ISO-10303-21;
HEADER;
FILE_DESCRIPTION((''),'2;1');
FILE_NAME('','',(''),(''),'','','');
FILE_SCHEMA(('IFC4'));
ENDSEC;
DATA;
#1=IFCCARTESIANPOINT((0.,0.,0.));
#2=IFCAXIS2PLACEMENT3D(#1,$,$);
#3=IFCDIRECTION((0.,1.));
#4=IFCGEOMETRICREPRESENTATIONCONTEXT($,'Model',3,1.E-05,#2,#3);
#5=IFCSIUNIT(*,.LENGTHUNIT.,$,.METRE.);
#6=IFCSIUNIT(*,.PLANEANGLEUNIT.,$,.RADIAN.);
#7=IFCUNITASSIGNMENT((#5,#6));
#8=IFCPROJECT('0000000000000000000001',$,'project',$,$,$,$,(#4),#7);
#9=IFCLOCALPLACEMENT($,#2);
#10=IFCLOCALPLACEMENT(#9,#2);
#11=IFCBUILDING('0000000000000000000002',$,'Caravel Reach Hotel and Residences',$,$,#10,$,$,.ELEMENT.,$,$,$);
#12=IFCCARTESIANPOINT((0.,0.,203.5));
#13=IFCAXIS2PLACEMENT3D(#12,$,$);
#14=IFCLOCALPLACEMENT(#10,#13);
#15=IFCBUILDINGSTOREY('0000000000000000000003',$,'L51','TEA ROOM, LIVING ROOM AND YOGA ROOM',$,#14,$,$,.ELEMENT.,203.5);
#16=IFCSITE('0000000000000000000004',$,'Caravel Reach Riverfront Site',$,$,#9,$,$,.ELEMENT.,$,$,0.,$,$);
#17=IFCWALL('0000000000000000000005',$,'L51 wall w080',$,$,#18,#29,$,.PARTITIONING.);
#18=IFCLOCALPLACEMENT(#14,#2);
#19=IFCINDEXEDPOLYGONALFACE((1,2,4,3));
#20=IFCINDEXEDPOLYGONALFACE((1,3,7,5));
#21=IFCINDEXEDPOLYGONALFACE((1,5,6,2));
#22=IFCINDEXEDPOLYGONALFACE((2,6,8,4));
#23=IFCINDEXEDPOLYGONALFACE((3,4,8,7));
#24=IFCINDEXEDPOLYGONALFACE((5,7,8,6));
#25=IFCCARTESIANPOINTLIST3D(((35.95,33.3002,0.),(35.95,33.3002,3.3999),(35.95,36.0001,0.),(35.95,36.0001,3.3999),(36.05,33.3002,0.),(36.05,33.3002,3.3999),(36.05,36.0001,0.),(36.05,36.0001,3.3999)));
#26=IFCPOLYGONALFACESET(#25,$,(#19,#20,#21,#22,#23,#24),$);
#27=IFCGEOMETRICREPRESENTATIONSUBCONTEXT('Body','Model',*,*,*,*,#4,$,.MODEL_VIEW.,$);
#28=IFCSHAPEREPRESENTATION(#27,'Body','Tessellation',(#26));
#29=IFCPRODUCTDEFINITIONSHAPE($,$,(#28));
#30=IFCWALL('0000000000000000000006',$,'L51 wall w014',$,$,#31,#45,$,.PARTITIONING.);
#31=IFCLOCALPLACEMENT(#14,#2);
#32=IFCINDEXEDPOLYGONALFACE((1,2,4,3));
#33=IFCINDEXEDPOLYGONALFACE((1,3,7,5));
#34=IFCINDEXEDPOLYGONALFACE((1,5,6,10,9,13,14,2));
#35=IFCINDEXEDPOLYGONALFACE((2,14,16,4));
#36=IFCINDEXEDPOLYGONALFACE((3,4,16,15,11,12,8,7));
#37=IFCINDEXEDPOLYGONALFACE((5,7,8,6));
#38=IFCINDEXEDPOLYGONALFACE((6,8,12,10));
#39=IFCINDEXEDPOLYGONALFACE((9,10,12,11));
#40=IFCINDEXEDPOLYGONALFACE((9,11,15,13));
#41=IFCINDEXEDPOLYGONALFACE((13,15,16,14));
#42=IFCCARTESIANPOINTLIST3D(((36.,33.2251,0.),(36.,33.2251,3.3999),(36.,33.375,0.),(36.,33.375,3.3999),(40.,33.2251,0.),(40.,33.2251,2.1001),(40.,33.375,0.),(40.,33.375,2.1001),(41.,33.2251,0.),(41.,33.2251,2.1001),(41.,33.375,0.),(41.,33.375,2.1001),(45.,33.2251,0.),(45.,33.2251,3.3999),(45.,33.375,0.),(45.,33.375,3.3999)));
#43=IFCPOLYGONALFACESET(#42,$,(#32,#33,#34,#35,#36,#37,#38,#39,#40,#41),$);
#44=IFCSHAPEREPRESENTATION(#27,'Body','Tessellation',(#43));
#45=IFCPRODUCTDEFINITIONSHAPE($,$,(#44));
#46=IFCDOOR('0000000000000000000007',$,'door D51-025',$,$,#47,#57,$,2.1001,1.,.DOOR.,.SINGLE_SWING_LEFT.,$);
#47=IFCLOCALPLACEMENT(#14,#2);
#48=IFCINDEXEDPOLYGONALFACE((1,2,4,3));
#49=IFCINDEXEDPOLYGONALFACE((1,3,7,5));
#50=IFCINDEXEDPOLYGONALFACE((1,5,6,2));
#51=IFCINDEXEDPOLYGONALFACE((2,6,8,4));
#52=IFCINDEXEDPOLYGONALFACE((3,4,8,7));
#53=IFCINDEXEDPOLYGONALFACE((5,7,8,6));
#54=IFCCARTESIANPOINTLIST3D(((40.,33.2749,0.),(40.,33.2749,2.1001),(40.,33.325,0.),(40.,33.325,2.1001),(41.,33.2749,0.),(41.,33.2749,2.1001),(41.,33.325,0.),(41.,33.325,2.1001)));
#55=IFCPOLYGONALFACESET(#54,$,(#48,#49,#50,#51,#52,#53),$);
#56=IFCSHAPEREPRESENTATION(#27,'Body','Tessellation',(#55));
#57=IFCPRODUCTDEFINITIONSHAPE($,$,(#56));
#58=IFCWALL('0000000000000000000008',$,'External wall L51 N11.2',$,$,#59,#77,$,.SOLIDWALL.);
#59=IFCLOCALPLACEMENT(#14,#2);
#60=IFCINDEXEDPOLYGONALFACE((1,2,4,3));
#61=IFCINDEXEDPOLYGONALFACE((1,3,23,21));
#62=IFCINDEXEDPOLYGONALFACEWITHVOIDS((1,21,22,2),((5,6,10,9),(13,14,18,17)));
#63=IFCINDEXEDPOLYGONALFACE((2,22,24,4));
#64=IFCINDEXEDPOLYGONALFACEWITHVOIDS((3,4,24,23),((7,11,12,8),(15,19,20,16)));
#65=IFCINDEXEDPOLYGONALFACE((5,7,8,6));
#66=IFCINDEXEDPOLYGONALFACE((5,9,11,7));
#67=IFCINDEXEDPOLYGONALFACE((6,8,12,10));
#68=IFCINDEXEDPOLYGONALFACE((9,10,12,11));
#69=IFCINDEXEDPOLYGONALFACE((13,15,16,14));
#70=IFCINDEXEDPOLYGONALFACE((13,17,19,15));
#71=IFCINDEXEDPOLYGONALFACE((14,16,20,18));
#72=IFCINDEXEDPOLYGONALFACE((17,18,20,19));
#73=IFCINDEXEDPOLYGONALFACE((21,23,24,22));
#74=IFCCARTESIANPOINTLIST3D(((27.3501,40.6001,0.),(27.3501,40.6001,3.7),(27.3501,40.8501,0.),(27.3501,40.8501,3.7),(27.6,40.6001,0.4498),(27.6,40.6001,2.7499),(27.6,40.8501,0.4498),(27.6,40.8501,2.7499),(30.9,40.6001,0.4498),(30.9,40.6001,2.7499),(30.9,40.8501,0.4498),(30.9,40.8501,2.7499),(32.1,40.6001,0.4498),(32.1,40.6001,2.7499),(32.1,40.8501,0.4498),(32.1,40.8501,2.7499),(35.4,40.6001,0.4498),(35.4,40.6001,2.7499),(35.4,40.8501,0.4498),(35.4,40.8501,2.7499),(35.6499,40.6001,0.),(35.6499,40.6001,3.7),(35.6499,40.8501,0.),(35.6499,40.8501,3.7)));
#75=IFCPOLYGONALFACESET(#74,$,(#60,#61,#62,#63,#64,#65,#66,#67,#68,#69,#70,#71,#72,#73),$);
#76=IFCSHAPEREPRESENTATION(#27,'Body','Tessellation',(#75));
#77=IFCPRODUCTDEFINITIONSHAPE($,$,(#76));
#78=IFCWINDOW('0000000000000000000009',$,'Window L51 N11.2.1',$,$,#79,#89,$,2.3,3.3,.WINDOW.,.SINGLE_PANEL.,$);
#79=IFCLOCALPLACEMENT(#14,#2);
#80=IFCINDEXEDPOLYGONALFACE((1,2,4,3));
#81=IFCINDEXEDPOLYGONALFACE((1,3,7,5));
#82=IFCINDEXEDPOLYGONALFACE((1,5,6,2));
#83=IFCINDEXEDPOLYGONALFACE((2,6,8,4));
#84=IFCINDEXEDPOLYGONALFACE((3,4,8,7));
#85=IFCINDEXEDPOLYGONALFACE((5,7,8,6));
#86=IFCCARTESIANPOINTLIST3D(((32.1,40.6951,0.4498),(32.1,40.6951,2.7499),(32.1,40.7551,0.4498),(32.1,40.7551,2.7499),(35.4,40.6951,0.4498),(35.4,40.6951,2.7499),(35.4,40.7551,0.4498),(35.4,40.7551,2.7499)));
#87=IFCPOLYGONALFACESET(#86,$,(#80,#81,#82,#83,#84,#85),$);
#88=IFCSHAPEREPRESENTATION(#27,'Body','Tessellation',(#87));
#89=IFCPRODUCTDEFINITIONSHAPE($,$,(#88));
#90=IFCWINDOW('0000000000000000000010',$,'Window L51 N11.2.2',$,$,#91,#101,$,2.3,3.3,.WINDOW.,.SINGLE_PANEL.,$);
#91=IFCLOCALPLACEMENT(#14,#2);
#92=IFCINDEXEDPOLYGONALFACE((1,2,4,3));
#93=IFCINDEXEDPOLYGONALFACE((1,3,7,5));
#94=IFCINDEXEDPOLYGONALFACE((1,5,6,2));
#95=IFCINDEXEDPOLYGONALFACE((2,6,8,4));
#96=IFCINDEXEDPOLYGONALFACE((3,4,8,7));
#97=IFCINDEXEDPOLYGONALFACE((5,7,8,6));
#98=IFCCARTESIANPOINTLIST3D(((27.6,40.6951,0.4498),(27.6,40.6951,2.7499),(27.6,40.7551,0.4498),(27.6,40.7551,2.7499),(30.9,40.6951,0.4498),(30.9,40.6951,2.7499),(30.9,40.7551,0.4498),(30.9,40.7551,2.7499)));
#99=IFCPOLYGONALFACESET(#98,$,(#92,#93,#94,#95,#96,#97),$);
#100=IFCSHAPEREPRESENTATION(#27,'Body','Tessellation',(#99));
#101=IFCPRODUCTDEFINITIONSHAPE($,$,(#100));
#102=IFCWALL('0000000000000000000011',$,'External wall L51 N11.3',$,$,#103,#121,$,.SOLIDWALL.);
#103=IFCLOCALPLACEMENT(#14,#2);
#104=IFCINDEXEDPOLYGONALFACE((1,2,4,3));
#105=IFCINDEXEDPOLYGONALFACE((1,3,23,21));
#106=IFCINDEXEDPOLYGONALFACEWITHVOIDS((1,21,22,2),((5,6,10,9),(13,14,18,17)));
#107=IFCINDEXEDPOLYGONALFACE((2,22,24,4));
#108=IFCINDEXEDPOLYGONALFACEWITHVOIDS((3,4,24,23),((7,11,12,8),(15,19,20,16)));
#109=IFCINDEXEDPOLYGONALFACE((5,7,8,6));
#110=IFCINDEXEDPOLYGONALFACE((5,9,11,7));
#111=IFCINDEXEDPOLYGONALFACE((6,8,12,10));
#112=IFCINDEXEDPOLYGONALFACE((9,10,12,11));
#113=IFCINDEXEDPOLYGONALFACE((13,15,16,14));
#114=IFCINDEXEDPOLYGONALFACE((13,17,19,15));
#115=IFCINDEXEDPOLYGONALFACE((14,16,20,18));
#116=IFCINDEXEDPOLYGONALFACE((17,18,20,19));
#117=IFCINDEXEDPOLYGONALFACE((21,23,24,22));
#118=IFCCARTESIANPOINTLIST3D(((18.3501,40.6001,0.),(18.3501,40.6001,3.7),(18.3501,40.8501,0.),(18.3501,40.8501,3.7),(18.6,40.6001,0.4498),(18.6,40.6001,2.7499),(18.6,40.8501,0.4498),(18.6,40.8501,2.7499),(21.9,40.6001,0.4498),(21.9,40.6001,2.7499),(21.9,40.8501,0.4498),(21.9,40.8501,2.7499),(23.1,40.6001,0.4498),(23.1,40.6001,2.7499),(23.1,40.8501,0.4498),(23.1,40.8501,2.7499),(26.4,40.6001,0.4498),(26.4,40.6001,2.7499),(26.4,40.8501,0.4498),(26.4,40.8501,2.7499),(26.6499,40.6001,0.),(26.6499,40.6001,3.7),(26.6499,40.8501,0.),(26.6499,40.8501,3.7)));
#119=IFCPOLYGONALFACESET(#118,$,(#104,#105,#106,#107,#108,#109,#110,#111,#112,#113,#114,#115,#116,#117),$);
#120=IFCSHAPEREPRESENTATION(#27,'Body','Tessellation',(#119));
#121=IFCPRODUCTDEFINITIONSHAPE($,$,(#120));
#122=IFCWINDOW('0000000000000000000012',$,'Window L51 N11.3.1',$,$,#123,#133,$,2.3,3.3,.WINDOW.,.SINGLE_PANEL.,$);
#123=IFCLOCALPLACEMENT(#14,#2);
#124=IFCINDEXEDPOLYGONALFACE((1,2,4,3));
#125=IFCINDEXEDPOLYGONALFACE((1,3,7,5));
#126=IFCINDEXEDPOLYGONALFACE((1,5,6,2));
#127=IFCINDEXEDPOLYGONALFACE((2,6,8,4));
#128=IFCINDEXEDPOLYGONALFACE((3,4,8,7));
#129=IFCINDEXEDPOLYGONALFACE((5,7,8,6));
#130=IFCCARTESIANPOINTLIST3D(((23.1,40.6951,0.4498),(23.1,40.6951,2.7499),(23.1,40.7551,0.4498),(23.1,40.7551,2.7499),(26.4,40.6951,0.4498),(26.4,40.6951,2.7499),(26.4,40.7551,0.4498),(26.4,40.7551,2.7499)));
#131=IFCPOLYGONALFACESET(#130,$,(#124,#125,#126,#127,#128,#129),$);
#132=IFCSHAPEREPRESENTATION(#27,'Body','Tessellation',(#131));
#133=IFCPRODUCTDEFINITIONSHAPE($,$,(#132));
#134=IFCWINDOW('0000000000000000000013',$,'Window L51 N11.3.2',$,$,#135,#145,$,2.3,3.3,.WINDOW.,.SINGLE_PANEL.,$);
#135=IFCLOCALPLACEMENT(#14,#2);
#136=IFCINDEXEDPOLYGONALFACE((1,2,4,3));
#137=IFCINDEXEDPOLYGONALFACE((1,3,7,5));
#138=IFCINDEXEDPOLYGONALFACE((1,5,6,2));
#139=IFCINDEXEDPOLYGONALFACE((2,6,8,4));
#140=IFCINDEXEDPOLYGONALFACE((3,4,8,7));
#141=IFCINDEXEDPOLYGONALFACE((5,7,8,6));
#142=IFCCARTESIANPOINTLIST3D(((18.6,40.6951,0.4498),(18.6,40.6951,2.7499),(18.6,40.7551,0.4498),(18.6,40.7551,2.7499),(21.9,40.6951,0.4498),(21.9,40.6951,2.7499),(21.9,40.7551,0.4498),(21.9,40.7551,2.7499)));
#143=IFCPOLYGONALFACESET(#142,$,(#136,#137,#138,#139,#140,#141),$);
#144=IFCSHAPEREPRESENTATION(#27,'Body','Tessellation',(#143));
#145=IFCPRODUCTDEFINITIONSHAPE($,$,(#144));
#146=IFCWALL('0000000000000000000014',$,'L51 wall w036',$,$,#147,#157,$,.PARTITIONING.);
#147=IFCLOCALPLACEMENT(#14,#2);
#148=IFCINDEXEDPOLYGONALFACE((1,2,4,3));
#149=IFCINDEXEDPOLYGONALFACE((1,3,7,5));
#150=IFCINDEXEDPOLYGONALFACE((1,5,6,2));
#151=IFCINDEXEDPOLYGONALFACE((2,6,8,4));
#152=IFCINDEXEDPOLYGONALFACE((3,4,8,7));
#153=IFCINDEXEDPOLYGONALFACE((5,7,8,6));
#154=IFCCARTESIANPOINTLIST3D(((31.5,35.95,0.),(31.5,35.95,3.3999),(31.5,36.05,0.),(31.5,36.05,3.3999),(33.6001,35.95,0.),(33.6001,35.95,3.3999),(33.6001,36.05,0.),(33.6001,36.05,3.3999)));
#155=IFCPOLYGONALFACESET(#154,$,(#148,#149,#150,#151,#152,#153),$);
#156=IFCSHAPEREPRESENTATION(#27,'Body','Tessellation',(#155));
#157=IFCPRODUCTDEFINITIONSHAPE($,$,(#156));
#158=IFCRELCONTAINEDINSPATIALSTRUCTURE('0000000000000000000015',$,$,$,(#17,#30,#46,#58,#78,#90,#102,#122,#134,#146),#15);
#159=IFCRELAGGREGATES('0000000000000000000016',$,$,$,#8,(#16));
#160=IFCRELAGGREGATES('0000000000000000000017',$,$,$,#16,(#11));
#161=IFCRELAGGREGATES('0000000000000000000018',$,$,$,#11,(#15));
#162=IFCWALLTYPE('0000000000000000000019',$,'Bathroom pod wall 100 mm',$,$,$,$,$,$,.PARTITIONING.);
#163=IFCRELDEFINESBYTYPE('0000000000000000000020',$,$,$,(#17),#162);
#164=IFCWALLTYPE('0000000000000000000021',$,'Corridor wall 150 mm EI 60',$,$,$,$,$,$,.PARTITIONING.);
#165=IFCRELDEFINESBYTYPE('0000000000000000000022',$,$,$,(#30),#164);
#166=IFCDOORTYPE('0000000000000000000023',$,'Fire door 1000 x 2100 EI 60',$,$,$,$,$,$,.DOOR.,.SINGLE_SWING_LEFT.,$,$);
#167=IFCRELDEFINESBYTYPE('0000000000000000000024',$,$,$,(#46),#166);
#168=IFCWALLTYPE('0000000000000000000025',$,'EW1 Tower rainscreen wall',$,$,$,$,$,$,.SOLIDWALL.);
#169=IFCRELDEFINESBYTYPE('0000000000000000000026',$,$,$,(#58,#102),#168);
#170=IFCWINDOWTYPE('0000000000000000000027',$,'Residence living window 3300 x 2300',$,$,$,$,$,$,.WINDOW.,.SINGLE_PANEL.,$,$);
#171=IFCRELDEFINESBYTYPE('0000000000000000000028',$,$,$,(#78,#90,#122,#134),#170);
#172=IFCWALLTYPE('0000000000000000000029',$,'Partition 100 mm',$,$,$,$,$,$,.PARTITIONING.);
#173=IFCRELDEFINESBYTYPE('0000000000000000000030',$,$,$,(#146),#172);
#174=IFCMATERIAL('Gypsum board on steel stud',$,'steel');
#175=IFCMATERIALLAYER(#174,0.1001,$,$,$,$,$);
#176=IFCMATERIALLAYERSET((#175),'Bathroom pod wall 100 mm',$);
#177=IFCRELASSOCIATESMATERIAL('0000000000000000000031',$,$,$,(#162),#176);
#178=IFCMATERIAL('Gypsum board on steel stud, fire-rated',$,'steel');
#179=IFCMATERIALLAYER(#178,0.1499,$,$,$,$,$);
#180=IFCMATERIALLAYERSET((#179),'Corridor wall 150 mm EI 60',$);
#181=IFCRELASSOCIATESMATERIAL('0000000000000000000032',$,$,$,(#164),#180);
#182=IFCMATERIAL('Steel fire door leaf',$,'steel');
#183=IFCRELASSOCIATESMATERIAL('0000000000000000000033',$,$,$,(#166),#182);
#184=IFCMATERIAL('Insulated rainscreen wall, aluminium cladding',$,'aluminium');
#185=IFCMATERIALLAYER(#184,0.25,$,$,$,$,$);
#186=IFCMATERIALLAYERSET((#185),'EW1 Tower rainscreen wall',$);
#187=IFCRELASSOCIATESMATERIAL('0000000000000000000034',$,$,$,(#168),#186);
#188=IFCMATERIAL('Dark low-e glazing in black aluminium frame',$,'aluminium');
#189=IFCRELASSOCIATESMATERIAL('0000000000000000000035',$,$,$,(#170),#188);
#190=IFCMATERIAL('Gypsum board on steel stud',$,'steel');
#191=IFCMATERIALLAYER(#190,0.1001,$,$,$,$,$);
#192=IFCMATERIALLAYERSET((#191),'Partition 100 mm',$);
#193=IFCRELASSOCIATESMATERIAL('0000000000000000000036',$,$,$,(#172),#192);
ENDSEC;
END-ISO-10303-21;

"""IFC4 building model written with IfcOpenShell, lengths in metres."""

from ifc_helpers import new_model, si_unit, direction, frame, frame_2d, origin, place, context, subcontext, project, spatial, rectangle, extrude, material, layer, layer_set, type_object, element, fill, save


model = new_model("IFC4")

# Units and contexts
model_context = context("Model", 3, precision=1e-05, world=origin(), true_north=direction((0.0, 1.0)))
body_context = subcontext(model_context, "Body", "Model", "MODEL_VIEW")
ifc_project = project(units=[si_unit("LENGTHUNIT", "METRE"), si_unit("PLANEANGLEUNIT", "RADIAN")], contexts=[model_context])

# Site, building, storey
site_placement = place(None, origin())
site = spatial("IfcSite", under=ifc_project, at=site_placement, Name="Caravel Reach Riverfront Site", CompositionType="ELEMENT", RefElevation=0.0)
building_placement = place(site_placement, origin())
building = spatial("IfcBuilding", under=site, at=building_placement, Name="Caravel Reach Hotel and Residences", CompositionType="ELEMENT")
storey_placement = place(building_placement, frame((0.0, 0.0, 203.5)))
storey = spatial("IfcBuildingStorey", under=building, at=storey_placement, Name="L51", Description="TEA ROOM, LIVING ROOM AND YOGA ROOM", CompositionType="ELEMENT", Elevation=203.5)

# Shared definitions
ifc_material_1 = material(Name="Gypsum board on steel stud", Category="steel")
ifc_layer_1 = layer(ifc_material_1, 0.1001)
ifc_layer_set_1 = layer_set([ifc_layer_1], Name="Bathroom pod wall 100 mm")
wall_type_1 = type_object("IfcWallType", Name="Bathroom pod wall 100 mm", PredefinedType="PARTITIONING", material=ifc_layer_set_1)

# Wall
wall_1_placement = place(storey_placement, frame((36.0, 33.3, 0.0), z_axis=(0.0, 0.0, 1.0), x_axis=(0.0, 1.0, 0.0)))
element("IfcWall", 1, at=wall_1_placement, inside=storey, type_object=wall_type_1, Name="L51 wall w080", PredefinedType="PARTITIONING", context=body_context, shape_type="SweptSolid", body=[
    extrude(rectangle(XDim=2.7, YDim=0.1001, at=frame_2d((1.3501, 0.0))), origin(), (0.0, 0.0, 1.0), 3.3999),
])

# Wall, opening, door
ifc_material_2 = material(Name="Gypsum board on steel stud, fire-rated", Category="steel")
ifc_layer_2 = layer(ifc_material_2, 0.1499)
ifc_layer_set_2 = layer_set([ifc_layer_2], Name="Corridor wall 150 mm EI 60")
wall_type_2 = type_object("IfcWallType", Name="Corridor wall 150 mm EI 60", PredefinedType="PARTITIONING", material=ifc_layer_set_2)
wall_2_placement = place(storey_placement, frame((36.0, 33.3, 0.0), z_axis=(0.0, 0.0, 1.0), x_axis=(1.0, 0.0, 0.0)))
wall_2 = element("IfcWall", 2, at=wall_2_placement, inside=storey, type_object=wall_type_2, Name="L51 wall w014", PredefinedType="PARTITIONING", context=body_context, shape_type="SweptSolid", body=[
    extrude(rectangle(XDim=9.0, YDim=0.1499, at=frame_2d((4.5, 0.0))), origin(), (0.0, 0.0, 1.0), 3.3999),
])
opening_1_placement = place(wall_2_placement, frame((4.0, 0.0, 0.0)))
opening_1 = element("IfcOpeningElement", 3, at=opening_1_placement, cuts=wall_2, PredefinedType="OPENING", context=body_context, shape_type="SweptSolid", body=[
    extrude(rectangle(XDim=1.0, YDim=2.1001, at=frame_2d((0.5, 1.05))), frame((0.0, 0.085, 0.0), z_axis=(0.0, -1.0, 0.0), x_axis=(1.0, 0.0, 0.0)), (0.0, 0.0, 1.0), 0.1699),
])
ifc_material_3 = material(Name="Steel fire door leaf", Category="steel")
door_type_1 = type_object("IfcDoorType", Name="Fire door 1000 x 2100 EI 60", OperationType="SINGLE_SWING_LEFT", PredefinedType="DOOR", material=ifc_material_3)
door_1_placement = place(opening_1_placement, origin())
door_1 = element("IfcDoor", 4, at=door_1_placement, inside=storey, type_object=door_type_1, Name="door D51-025", OperationType="SINGLE_SWING_LEFT", OverallHeight=2.1001, OverallWidth=1.0, PredefinedType="DOOR", context=body_context, shape_type="SweptSolid", body=[
    extrude(rectangle(XDim=1.0, YDim=2.1001, at=frame_2d((0.5, 1.05))), frame((0.0, 0.0249, 0.0), z_axis=(0.0, -1.0, 0.0), x_axis=(1.0, 0.0, 0.0)), (0.0, 0.0, 1.0), 0.05),
])
fill(opening_1, door_1)

# Walls, openings, windows
ifc_material_4 = material(Name="Insulated rainscreen wall, aluminium cladding", Category="aluminium")
ifc_layer_3 = layer(ifc_material_4, 0.25)
ifc_layer_set_3 = layer_set([ifc_layer_3], Name="EW1 Tower rainscreen wall")
wall_type_3 = type_object("IfcWallType", Name="EW1 Tower rainscreen wall", PredefinedType="SOLIDWALL", material=ifc_layer_set_3)
wall_3_placement = place(storey_placement, frame((35.6499, 40.7251, 0.0), z_axis=(0.0, 0.0, 1.0), x_axis=(-1.0, 0.0, 0.0)))
wall_3 = element("IfcWall", 5, at=wall_3_placement, inside=storey, type_object=wall_type_3, Name="External wall L51 N11.2", PredefinedType="SOLIDWALL", context=body_context, shape_type="SweptSolid", body=[
    extrude(rectangle(XDim=8.2998, YDim=0.25, at=frame_2d((4.1499, 0.0))), origin(), (0.0, 0.0, 1.0), 3.7),
])
opening_2_placement = place(wall_3_placement, frame((0.25, 0.0, 0.45)))
opening_2 = element("IfcOpeningElement", 6, at=opening_2_placement, cuts=wall_3, PredefinedType="OPENING", context=body_context, shape_type="SweptSolid", body=[
    extrude(rectangle(XDim=3.3, YDim=2.3, at=frame_2d((1.6499, 1.1499))), frame((0.0, 0.135, 0.0), z_axis=(0.0, -1.0, 0.0), x_axis=(1.0, 0.0, 0.0)), (0.0, 0.0, 1.0), 0.27),
])
opening_3_placement = place(wall_3_placement, frame((4.75, 0.0, 0.45)))
opening_3 = element("IfcOpeningElement", 7, at=opening_3_placement, cuts=wall_3, PredefinedType="OPENING", context=body_context, shape_type="SweptSolid", body=[
    extrude(rectangle(XDim=3.3, YDim=2.3, at=frame_2d((1.6499, 1.1499))), frame((0.0, 0.135, 0.0), z_axis=(0.0, -1.0, 0.0), x_axis=(1.0, 0.0, 0.0)), (0.0, 0.0, 1.0), 0.27),
])
ifc_material_5 = material(Name="Dark low-e glazing in black aluminium frame", Category="aluminium")
window_type = type_object("IfcWindowType", Name="Residence living window 3300 x 2300", PartitioningType="SINGLE_PANEL", PredefinedType="WINDOW", material=ifc_material_5)
window_1_placement = place(opening_2_placement, origin())
window_1 = element("IfcWindow", 8, at=window_1_placement, inside=storey, type_object=window_type, Name="Window L51 N11.2.1", OverallHeight=2.3, OverallWidth=3.3, PartitioningType="SINGLE_PANEL", PredefinedType="WINDOW", context=body_context, shape_type="SweptSolid", body=[
    extrude(rectangle(XDim=3.3, YDim=2.3, at=frame_2d((1.6499, 1.1499))), frame((0.0, 0.03, 0.0), z_axis=(0.0, -1.0, 0.0), x_axis=(1.0, 0.0, 0.0)), (0.0, 0.0, 1.0), 0.0601),
])
fill(opening_2, window_1)
window_2_placement = place(opening_3_placement, origin())
window_2 = element("IfcWindow", 9, at=window_2_placement, inside=storey, type_object=window_type, Name="Window L51 N11.2.2", OverallHeight=2.3, OverallWidth=3.3, PartitioningType="SINGLE_PANEL", PredefinedType="WINDOW", context=body_context, shape_type="SweptSolid", body=[
    extrude(rectangle(XDim=3.3, YDim=2.3, at=frame_2d((1.6499, 1.1499))), frame((0.0, 0.03, 0.0), z_axis=(0.0, -1.0, 0.0), x_axis=(1.0, 0.0, 0.0)), (0.0, 0.0, 1.0), 0.0601),
])
fill(opening_3, window_2)
wall_4_placement = place(storey_placement, frame((26.6499, 40.7251, 0.0), z_axis=(0.0, 0.0, 1.0), x_axis=(-1.0, 0.0, 0.0)))
wall_4 = element("IfcWall", 10, at=wall_4_placement, inside=storey, type_object=wall_type_3, Name="External wall L51 N11.3", PredefinedType="SOLIDWALL", context=body_context, shape_type="SweptSolid", body=[
    extrude(rectangle(XDim=8.2998, YDim=0.25, at=frame_2d((4.1499, 0.0))), origin(), (0.0, 0.0, 1.0), 3.7),
])
opening_4_placement = place(wall_4_placement, frame((0.25, 0.0, 0.45)))
opening_4 = element("IfcOpeningElement", 11, at=opening_4_placement, cuts=wall_4, PredefinedType="OPENING", context=body_context, shape_type="SweptSolid", body=[
    extrude(rectangle(XDim=3.3, YDim=2.3, at=frame_2d((1.6499, 1.1499))), frame((0.0, 0.135, 0.0), z_axis=(0.0, -1.0, 0.0), x_axis=(1.0, 0.0, 0.0)), (0.0, 0.0, 1.0), 0.27),
])
opening_5_placement = place(wall_4_placement, frame((4.75, 0.0, 0.45)))
opening_5 = element("IfcOpeningElement", 12, at=opening_5_placement, cuts=wall_4, PredefinedType="OPENING", context=body_context, shape_type="SweptSolid", body=[
    extrude(rectangle(XDim=3.3, YDim=2.3, at=frame_2d((1.6499, 1.1499))), frame((0.0, 0.135, 0.0), z_axis=(0.0, -1.0, 0.0), x_axis=(1.0, 0.0, 0.0)), (0.0, 0.0, 1.0), 0.27),
])
window_3_placement = place(opening_4_placement, origin())
window_3 = element("IfcWindow", 13, at=window_3_placement, inside=storey, type_object=window_type, Name="Window L51 N11.3.1", OverallHeight=2.3, OverallWidth=3.3, PartitioningType="SINGLE_PANEL", PredefinedType="WINDOW", context=body_context, shape_type="SweptSolid", body=[
    extrude(rectangle(XDim=3.3, YDim=2.3, at=frame_2d((1.6499, 1.1499))), frame((0.0, 0.03, 0.0), z_axis=(0.0, -1.0, 0.0), x_axis=(1.0, 0.0, 0.0)), (0.0, 0.0, 1.0), 0.0601),
])
fill(opening_4, window_3)
window_4_placement = place(opening_5_placement, origin())
window_4 = element("IfcWindow", 14, at=window_4_placement, inside=storey, type_object=window_type, Name="Window L51 N11.3.2", OverallHeight=2.3, OverallWidth=3.3, PartitioningType="SINGLE_PANEL", PredefinedType="WINDOW", context=body_context, shape_type="SweptSolid", body=[
    extrude(rectangle(XDim=3.3, YDim=2.3, at=frame_2d((1.6499, 1.1499))), frame((0.0, 0.03, 0.0), z_axis=(0.0, -1.0, 0.0), x_axis=(1.0, 0.0, 0.0)), (0.0, 0.0, 1.0), 0.0601),
])
fill(opening_5, window_4)

# Wall
ifc_material_6 = material(Name="Gypsum board on steel stud", Category="steel")
ifc_layer_4 = layer(ifc_material_6, 0.1001)
ifc_layer_set_4 = layer_set([ifc_layer_4], Name="Partition 100 mm")
wall_type_4 = type_object("IfcWallType", Name="Partition 100 mm", PredefinedType="PARTITIONING", material=ifc_layer_set_4)
wall_5_placement = place(storey_placement, frame((31.5, 36.0, 0.0), z_axis=(0.0, 0.0, 1.0), x_axis=(1.0, 0.0, 0.0)))
element("IfcWall", 15, at=wall_5_placement, inside=storey, type_object=wall_type_4, Name="L51 wall w036", PredefinedType="PARTITIONING", context=body_context, shape_type="SweptSolid", body=[
    extrude(rectangle(XDim=2.1001, YDim=0.1001, at=frame_2d((1.05, 0.0))), origin(), (0.0, 0.0, 1.0), 3.3999),
])

save(model, "model.ifc")
